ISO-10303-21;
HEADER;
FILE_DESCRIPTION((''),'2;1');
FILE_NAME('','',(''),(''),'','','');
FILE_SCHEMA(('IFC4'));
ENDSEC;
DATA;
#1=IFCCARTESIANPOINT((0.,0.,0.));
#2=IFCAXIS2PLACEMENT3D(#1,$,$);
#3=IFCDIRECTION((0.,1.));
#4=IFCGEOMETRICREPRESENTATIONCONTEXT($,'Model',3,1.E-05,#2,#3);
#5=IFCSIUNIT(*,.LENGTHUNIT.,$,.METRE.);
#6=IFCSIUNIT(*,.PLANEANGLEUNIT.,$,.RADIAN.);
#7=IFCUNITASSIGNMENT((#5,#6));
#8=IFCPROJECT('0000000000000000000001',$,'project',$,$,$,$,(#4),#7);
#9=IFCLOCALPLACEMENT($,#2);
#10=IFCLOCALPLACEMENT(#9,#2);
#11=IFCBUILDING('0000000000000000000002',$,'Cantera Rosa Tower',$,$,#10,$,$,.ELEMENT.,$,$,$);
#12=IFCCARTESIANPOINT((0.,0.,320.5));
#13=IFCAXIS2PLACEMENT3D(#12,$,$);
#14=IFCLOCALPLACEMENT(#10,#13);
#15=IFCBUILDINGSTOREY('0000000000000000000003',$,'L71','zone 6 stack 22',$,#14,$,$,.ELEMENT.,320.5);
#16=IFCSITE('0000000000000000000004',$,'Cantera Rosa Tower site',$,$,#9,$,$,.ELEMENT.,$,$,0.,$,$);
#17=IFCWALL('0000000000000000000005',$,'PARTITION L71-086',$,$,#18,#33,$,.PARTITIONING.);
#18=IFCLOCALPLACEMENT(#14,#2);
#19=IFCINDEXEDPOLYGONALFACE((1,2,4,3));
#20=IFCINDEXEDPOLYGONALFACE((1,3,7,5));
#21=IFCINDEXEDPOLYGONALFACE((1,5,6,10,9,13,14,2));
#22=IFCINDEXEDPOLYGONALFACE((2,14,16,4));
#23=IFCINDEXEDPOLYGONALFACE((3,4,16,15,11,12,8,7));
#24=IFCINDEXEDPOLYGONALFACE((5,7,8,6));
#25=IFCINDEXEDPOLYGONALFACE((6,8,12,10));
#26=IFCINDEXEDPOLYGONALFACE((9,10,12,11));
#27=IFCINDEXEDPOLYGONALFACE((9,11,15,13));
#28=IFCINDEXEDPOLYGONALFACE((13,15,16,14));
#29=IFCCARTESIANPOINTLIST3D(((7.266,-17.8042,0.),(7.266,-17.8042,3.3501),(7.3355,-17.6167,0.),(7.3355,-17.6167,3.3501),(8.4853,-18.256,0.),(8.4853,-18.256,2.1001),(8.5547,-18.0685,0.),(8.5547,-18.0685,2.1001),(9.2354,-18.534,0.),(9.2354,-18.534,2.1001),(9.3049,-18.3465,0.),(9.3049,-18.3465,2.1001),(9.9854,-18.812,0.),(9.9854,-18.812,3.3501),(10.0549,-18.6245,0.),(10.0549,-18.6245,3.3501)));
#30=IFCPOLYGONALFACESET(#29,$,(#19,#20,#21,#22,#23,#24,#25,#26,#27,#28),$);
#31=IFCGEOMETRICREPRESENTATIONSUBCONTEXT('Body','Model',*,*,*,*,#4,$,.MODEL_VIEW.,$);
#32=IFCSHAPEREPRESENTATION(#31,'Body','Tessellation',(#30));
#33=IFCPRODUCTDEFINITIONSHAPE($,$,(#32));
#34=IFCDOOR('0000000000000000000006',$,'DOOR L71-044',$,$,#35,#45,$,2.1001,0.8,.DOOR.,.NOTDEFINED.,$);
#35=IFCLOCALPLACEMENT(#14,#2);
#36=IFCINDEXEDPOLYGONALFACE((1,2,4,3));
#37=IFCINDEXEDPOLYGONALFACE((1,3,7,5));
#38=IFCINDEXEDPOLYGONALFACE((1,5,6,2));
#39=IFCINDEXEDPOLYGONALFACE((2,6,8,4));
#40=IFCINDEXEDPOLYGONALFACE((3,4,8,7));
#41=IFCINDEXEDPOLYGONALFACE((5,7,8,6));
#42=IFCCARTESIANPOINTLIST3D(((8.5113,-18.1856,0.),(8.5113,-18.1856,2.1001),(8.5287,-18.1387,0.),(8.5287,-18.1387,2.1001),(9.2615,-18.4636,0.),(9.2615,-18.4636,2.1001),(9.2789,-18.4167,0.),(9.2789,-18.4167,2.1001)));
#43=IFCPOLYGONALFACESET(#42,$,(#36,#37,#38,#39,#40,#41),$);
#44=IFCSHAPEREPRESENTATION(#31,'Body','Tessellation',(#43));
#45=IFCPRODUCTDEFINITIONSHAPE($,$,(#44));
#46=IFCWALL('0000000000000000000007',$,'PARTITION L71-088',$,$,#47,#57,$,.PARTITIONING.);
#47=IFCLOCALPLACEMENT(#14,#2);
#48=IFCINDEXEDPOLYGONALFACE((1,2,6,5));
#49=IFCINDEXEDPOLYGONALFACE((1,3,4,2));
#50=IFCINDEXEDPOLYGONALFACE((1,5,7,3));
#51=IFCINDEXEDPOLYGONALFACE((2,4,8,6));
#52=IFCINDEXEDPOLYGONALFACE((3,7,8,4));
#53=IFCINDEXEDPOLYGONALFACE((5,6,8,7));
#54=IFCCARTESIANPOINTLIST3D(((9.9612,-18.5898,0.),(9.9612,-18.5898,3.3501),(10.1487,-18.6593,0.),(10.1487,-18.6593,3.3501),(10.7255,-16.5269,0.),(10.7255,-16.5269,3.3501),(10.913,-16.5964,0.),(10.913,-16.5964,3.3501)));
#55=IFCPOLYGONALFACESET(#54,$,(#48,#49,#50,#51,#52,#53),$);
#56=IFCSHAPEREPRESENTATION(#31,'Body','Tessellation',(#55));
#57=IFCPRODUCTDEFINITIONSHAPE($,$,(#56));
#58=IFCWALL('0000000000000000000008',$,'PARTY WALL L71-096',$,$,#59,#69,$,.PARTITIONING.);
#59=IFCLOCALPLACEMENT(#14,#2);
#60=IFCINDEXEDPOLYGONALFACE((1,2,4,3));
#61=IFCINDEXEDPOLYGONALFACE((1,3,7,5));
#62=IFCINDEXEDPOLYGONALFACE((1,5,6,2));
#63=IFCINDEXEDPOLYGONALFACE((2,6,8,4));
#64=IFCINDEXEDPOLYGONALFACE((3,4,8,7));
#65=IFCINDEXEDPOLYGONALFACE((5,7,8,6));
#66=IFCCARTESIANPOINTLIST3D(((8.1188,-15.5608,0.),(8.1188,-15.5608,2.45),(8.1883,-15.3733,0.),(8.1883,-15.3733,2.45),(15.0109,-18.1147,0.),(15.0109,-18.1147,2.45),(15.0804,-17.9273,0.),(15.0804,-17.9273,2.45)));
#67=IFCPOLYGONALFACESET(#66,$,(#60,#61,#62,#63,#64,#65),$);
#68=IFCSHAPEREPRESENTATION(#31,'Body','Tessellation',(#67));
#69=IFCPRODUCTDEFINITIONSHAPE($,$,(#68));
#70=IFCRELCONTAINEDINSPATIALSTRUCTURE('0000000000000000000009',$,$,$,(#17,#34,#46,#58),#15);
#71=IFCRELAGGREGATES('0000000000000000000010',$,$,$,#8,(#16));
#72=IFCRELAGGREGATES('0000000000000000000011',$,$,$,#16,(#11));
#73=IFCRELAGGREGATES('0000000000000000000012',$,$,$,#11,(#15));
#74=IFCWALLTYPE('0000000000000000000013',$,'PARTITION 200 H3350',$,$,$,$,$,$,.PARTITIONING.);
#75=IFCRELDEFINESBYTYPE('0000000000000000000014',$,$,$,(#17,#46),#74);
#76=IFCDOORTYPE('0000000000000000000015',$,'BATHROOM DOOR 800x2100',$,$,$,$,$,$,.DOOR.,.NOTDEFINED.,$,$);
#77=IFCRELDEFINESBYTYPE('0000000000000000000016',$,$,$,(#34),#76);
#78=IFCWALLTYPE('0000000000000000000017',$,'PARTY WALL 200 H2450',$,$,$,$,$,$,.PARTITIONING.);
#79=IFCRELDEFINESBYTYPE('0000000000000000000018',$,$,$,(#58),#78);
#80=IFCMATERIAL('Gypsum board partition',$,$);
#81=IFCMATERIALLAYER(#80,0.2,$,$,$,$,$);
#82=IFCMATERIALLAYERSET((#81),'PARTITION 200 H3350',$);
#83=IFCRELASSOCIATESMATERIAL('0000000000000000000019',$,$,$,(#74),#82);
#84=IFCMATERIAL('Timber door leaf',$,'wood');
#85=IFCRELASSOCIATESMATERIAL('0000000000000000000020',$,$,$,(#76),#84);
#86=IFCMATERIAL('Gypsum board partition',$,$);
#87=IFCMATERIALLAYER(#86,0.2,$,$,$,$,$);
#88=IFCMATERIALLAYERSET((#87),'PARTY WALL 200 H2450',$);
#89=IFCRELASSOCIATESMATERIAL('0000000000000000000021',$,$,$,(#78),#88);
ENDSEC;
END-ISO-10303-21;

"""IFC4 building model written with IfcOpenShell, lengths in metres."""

from ifc_helpers import new_model, si_unit, direction, frame, frame_2d, origin, place, context, subcontext, project, spatial, rectangle, extrude, material, layer, layer_set, type_object, element, fill, save


model = new_model("IFC4")

# Units and contexts
model_context = context("Model", 3, precision=1e-05, world=origin(), true_north=direction((0.0, 1.0)))
body_context = subcontext(model_context, "Body", "Model", "MODEL_VIEW")
ifc_project = project(units=[si_unit("LENGTHUNIT", "METRE"), si_unit("PLANEANGLEUNIT", "RADIAN")], contexts=[model_context])

# Site, building, storey
site_placement = place(None, origin())
site = spatial("IfcSite", under=ifc_project, at=site_placement, Name="Cantera Rosa Tower site", CompositionType="ELEMENT", RefElevation=0.0)
building_placement = place(site_placement, origin())
building = spatial("IfcBuilding", under=site, at=building_placement, Name="Cantera Rosa Tower", CompositionType="ELEMENT")
storey_placement = place(building_placement, frame((0.0, 0.0, 320.5)))
storey = spatial("IfcBuildingStorey", under=building, at=storey_placement, Name="L71", Description="zone 6 stack 22", CompositionType="ELEMENT", Elevation=320.5)

# Wall, opening, door
ifc_material_1 = material(Name="Gypsum board partition")
ifc_layer_1 = layer(ifc_material_1, 0.2)
ifc_layer_set_1 = layer_set([ifc_layer_1], Name="PARTITION 200 H3350")
wall_type_1 = type_object("IfcWallType", Name="PARTITION 200 H3350", PredefinedType="PARTITIONING", material=ifc_layer_set_1)
wall_1_placement = place(storey_placement, frame((10.0203, -18.7183, 0.0), z_axis=(0.0, 0.0, 1.0), x_axis=(-0.937682, 0.347495, 0.0)))
wall_1 = element("IfcWall", 1, at=wall_1_placement, inside=storey, type_object=wall_type_1, Name="PARTITION L71-086", PredefinedType="PARTITIONING", context=body_context, shape_type="SweptSolid", body=[
    extrude(rectangle(XDim=2.9001, YDim=0.2, at=frame_2d((1.4502, 0.0))), origin(), (0.0, 0.0, 1.0), 3.3501),
])
opening_1_placement = place(wall_1_placement, frame((0.8, 0.0, 0.0)))
opening_1 = element("IfcOpeningElement", 2, at=opening_1_placement, cuts=wall_1, PredefinedType="OPENING", context=body_context, shape_type="SweptSolid", body=[
    extrude(rectangle(XDim=0.8, YDim=2.1001, at=frame_2d((0.3999, 1.05))), frame((0.0, 0.1099, 0.0), z_axis=(0.0, -1.0, 0.0), x_axis=(1.0, 0.0, 0.0)), (0.0, 0.0, 1.0), 0.22),
])
ifc_material_2 = material(Name="Timber door leaf", Category="wood")
door_type_1 = type_object("IfcDoorType", Name="BATHROOM DOOR 800x2100", OperationType="NOTDEFINED", PredefinedType="DOOR", material=ifc_material_2)
door_1_placement = place(opening_1_placement, origin())
door_1 = element("IfcDoor", 3, at=door_1_placement, inside=storey, type_object=door_type_1, Name="DOOR L71-044", OperationType="NOTDEFINED", OverallHeight=2.1001, OverallWidth=0.8, PredefinedType="DOOR", context=body_context, shape_type="SweptSolid", body=[
    extrude(rectangle(XDim=0.8, YDim=2.1001, at=frame_2d((0.3999, 1.05))), frame((0.0, 0.0249, 0.0), z_axis=(0.0, -1.0, 0.0), x_axis=(1.0, 0.0, 0.0)), (0.0, 0.0, 1.0), 0.05),
])
fill(opening_1, door_1)

# Walls
wall_2_placement = place(storey_placement, frame((10.8193, -16.5615, 0.0), z_axis=(0.0, 0.0, 1.0), x_axis=(-0.347448, -0.937699, 0.0)))
element("IfcWall", 4, at=wall_2_placement, inside=storey, type_object=wall_type_1, Name="PARTITION L71-088", PredefinedType="PARTITIONING", context=body_context, shape_type="SweptSolid", body=[
    extrude(rectangle(XDim=2.2, YDim=0.2, at=frame_2d((1.1001, 0.0))), origin(), (0.0, 0.0, 1.0), 3.3501),
])
ifc_material_3 = material(Name="Gypsum board partition")
ifc_layer_2 = layer(ifc_material_3, 0.2)
ifc_layer_set_2 = layer_set([ifc_layer_2], Name="PARTY WALL 200 H2450")
wall_type_2 = type_object("IfcWallType", Name="PARTY WALL 200 H2450", PredefinedType="PARTITIONING", material=ifc_layer_set_2)
wall_3_placement = place(storey_placement, frame((15.0457, -18.021, 0.0), z_axis=(0.0, 0.0, 1.0), x_axis=(-0.93769, 0.347473, 0.0)))
element("IfcWall", 5, at=wall_3_placement, inside=storey, type_object=wall_type_2, Name="PARTY WALL L71-096", PredefinedType="PARTITIONING", context=body_context, shape_type="SweptSolid", body=[
    extrude(rectangle(XDim=7.3501, YDim=0.2, at=frame_2d((3.675, 0.0))), origin(), (0.0, 0.0, 1.0), 2.45),
])

save(model, "model.ifc")
